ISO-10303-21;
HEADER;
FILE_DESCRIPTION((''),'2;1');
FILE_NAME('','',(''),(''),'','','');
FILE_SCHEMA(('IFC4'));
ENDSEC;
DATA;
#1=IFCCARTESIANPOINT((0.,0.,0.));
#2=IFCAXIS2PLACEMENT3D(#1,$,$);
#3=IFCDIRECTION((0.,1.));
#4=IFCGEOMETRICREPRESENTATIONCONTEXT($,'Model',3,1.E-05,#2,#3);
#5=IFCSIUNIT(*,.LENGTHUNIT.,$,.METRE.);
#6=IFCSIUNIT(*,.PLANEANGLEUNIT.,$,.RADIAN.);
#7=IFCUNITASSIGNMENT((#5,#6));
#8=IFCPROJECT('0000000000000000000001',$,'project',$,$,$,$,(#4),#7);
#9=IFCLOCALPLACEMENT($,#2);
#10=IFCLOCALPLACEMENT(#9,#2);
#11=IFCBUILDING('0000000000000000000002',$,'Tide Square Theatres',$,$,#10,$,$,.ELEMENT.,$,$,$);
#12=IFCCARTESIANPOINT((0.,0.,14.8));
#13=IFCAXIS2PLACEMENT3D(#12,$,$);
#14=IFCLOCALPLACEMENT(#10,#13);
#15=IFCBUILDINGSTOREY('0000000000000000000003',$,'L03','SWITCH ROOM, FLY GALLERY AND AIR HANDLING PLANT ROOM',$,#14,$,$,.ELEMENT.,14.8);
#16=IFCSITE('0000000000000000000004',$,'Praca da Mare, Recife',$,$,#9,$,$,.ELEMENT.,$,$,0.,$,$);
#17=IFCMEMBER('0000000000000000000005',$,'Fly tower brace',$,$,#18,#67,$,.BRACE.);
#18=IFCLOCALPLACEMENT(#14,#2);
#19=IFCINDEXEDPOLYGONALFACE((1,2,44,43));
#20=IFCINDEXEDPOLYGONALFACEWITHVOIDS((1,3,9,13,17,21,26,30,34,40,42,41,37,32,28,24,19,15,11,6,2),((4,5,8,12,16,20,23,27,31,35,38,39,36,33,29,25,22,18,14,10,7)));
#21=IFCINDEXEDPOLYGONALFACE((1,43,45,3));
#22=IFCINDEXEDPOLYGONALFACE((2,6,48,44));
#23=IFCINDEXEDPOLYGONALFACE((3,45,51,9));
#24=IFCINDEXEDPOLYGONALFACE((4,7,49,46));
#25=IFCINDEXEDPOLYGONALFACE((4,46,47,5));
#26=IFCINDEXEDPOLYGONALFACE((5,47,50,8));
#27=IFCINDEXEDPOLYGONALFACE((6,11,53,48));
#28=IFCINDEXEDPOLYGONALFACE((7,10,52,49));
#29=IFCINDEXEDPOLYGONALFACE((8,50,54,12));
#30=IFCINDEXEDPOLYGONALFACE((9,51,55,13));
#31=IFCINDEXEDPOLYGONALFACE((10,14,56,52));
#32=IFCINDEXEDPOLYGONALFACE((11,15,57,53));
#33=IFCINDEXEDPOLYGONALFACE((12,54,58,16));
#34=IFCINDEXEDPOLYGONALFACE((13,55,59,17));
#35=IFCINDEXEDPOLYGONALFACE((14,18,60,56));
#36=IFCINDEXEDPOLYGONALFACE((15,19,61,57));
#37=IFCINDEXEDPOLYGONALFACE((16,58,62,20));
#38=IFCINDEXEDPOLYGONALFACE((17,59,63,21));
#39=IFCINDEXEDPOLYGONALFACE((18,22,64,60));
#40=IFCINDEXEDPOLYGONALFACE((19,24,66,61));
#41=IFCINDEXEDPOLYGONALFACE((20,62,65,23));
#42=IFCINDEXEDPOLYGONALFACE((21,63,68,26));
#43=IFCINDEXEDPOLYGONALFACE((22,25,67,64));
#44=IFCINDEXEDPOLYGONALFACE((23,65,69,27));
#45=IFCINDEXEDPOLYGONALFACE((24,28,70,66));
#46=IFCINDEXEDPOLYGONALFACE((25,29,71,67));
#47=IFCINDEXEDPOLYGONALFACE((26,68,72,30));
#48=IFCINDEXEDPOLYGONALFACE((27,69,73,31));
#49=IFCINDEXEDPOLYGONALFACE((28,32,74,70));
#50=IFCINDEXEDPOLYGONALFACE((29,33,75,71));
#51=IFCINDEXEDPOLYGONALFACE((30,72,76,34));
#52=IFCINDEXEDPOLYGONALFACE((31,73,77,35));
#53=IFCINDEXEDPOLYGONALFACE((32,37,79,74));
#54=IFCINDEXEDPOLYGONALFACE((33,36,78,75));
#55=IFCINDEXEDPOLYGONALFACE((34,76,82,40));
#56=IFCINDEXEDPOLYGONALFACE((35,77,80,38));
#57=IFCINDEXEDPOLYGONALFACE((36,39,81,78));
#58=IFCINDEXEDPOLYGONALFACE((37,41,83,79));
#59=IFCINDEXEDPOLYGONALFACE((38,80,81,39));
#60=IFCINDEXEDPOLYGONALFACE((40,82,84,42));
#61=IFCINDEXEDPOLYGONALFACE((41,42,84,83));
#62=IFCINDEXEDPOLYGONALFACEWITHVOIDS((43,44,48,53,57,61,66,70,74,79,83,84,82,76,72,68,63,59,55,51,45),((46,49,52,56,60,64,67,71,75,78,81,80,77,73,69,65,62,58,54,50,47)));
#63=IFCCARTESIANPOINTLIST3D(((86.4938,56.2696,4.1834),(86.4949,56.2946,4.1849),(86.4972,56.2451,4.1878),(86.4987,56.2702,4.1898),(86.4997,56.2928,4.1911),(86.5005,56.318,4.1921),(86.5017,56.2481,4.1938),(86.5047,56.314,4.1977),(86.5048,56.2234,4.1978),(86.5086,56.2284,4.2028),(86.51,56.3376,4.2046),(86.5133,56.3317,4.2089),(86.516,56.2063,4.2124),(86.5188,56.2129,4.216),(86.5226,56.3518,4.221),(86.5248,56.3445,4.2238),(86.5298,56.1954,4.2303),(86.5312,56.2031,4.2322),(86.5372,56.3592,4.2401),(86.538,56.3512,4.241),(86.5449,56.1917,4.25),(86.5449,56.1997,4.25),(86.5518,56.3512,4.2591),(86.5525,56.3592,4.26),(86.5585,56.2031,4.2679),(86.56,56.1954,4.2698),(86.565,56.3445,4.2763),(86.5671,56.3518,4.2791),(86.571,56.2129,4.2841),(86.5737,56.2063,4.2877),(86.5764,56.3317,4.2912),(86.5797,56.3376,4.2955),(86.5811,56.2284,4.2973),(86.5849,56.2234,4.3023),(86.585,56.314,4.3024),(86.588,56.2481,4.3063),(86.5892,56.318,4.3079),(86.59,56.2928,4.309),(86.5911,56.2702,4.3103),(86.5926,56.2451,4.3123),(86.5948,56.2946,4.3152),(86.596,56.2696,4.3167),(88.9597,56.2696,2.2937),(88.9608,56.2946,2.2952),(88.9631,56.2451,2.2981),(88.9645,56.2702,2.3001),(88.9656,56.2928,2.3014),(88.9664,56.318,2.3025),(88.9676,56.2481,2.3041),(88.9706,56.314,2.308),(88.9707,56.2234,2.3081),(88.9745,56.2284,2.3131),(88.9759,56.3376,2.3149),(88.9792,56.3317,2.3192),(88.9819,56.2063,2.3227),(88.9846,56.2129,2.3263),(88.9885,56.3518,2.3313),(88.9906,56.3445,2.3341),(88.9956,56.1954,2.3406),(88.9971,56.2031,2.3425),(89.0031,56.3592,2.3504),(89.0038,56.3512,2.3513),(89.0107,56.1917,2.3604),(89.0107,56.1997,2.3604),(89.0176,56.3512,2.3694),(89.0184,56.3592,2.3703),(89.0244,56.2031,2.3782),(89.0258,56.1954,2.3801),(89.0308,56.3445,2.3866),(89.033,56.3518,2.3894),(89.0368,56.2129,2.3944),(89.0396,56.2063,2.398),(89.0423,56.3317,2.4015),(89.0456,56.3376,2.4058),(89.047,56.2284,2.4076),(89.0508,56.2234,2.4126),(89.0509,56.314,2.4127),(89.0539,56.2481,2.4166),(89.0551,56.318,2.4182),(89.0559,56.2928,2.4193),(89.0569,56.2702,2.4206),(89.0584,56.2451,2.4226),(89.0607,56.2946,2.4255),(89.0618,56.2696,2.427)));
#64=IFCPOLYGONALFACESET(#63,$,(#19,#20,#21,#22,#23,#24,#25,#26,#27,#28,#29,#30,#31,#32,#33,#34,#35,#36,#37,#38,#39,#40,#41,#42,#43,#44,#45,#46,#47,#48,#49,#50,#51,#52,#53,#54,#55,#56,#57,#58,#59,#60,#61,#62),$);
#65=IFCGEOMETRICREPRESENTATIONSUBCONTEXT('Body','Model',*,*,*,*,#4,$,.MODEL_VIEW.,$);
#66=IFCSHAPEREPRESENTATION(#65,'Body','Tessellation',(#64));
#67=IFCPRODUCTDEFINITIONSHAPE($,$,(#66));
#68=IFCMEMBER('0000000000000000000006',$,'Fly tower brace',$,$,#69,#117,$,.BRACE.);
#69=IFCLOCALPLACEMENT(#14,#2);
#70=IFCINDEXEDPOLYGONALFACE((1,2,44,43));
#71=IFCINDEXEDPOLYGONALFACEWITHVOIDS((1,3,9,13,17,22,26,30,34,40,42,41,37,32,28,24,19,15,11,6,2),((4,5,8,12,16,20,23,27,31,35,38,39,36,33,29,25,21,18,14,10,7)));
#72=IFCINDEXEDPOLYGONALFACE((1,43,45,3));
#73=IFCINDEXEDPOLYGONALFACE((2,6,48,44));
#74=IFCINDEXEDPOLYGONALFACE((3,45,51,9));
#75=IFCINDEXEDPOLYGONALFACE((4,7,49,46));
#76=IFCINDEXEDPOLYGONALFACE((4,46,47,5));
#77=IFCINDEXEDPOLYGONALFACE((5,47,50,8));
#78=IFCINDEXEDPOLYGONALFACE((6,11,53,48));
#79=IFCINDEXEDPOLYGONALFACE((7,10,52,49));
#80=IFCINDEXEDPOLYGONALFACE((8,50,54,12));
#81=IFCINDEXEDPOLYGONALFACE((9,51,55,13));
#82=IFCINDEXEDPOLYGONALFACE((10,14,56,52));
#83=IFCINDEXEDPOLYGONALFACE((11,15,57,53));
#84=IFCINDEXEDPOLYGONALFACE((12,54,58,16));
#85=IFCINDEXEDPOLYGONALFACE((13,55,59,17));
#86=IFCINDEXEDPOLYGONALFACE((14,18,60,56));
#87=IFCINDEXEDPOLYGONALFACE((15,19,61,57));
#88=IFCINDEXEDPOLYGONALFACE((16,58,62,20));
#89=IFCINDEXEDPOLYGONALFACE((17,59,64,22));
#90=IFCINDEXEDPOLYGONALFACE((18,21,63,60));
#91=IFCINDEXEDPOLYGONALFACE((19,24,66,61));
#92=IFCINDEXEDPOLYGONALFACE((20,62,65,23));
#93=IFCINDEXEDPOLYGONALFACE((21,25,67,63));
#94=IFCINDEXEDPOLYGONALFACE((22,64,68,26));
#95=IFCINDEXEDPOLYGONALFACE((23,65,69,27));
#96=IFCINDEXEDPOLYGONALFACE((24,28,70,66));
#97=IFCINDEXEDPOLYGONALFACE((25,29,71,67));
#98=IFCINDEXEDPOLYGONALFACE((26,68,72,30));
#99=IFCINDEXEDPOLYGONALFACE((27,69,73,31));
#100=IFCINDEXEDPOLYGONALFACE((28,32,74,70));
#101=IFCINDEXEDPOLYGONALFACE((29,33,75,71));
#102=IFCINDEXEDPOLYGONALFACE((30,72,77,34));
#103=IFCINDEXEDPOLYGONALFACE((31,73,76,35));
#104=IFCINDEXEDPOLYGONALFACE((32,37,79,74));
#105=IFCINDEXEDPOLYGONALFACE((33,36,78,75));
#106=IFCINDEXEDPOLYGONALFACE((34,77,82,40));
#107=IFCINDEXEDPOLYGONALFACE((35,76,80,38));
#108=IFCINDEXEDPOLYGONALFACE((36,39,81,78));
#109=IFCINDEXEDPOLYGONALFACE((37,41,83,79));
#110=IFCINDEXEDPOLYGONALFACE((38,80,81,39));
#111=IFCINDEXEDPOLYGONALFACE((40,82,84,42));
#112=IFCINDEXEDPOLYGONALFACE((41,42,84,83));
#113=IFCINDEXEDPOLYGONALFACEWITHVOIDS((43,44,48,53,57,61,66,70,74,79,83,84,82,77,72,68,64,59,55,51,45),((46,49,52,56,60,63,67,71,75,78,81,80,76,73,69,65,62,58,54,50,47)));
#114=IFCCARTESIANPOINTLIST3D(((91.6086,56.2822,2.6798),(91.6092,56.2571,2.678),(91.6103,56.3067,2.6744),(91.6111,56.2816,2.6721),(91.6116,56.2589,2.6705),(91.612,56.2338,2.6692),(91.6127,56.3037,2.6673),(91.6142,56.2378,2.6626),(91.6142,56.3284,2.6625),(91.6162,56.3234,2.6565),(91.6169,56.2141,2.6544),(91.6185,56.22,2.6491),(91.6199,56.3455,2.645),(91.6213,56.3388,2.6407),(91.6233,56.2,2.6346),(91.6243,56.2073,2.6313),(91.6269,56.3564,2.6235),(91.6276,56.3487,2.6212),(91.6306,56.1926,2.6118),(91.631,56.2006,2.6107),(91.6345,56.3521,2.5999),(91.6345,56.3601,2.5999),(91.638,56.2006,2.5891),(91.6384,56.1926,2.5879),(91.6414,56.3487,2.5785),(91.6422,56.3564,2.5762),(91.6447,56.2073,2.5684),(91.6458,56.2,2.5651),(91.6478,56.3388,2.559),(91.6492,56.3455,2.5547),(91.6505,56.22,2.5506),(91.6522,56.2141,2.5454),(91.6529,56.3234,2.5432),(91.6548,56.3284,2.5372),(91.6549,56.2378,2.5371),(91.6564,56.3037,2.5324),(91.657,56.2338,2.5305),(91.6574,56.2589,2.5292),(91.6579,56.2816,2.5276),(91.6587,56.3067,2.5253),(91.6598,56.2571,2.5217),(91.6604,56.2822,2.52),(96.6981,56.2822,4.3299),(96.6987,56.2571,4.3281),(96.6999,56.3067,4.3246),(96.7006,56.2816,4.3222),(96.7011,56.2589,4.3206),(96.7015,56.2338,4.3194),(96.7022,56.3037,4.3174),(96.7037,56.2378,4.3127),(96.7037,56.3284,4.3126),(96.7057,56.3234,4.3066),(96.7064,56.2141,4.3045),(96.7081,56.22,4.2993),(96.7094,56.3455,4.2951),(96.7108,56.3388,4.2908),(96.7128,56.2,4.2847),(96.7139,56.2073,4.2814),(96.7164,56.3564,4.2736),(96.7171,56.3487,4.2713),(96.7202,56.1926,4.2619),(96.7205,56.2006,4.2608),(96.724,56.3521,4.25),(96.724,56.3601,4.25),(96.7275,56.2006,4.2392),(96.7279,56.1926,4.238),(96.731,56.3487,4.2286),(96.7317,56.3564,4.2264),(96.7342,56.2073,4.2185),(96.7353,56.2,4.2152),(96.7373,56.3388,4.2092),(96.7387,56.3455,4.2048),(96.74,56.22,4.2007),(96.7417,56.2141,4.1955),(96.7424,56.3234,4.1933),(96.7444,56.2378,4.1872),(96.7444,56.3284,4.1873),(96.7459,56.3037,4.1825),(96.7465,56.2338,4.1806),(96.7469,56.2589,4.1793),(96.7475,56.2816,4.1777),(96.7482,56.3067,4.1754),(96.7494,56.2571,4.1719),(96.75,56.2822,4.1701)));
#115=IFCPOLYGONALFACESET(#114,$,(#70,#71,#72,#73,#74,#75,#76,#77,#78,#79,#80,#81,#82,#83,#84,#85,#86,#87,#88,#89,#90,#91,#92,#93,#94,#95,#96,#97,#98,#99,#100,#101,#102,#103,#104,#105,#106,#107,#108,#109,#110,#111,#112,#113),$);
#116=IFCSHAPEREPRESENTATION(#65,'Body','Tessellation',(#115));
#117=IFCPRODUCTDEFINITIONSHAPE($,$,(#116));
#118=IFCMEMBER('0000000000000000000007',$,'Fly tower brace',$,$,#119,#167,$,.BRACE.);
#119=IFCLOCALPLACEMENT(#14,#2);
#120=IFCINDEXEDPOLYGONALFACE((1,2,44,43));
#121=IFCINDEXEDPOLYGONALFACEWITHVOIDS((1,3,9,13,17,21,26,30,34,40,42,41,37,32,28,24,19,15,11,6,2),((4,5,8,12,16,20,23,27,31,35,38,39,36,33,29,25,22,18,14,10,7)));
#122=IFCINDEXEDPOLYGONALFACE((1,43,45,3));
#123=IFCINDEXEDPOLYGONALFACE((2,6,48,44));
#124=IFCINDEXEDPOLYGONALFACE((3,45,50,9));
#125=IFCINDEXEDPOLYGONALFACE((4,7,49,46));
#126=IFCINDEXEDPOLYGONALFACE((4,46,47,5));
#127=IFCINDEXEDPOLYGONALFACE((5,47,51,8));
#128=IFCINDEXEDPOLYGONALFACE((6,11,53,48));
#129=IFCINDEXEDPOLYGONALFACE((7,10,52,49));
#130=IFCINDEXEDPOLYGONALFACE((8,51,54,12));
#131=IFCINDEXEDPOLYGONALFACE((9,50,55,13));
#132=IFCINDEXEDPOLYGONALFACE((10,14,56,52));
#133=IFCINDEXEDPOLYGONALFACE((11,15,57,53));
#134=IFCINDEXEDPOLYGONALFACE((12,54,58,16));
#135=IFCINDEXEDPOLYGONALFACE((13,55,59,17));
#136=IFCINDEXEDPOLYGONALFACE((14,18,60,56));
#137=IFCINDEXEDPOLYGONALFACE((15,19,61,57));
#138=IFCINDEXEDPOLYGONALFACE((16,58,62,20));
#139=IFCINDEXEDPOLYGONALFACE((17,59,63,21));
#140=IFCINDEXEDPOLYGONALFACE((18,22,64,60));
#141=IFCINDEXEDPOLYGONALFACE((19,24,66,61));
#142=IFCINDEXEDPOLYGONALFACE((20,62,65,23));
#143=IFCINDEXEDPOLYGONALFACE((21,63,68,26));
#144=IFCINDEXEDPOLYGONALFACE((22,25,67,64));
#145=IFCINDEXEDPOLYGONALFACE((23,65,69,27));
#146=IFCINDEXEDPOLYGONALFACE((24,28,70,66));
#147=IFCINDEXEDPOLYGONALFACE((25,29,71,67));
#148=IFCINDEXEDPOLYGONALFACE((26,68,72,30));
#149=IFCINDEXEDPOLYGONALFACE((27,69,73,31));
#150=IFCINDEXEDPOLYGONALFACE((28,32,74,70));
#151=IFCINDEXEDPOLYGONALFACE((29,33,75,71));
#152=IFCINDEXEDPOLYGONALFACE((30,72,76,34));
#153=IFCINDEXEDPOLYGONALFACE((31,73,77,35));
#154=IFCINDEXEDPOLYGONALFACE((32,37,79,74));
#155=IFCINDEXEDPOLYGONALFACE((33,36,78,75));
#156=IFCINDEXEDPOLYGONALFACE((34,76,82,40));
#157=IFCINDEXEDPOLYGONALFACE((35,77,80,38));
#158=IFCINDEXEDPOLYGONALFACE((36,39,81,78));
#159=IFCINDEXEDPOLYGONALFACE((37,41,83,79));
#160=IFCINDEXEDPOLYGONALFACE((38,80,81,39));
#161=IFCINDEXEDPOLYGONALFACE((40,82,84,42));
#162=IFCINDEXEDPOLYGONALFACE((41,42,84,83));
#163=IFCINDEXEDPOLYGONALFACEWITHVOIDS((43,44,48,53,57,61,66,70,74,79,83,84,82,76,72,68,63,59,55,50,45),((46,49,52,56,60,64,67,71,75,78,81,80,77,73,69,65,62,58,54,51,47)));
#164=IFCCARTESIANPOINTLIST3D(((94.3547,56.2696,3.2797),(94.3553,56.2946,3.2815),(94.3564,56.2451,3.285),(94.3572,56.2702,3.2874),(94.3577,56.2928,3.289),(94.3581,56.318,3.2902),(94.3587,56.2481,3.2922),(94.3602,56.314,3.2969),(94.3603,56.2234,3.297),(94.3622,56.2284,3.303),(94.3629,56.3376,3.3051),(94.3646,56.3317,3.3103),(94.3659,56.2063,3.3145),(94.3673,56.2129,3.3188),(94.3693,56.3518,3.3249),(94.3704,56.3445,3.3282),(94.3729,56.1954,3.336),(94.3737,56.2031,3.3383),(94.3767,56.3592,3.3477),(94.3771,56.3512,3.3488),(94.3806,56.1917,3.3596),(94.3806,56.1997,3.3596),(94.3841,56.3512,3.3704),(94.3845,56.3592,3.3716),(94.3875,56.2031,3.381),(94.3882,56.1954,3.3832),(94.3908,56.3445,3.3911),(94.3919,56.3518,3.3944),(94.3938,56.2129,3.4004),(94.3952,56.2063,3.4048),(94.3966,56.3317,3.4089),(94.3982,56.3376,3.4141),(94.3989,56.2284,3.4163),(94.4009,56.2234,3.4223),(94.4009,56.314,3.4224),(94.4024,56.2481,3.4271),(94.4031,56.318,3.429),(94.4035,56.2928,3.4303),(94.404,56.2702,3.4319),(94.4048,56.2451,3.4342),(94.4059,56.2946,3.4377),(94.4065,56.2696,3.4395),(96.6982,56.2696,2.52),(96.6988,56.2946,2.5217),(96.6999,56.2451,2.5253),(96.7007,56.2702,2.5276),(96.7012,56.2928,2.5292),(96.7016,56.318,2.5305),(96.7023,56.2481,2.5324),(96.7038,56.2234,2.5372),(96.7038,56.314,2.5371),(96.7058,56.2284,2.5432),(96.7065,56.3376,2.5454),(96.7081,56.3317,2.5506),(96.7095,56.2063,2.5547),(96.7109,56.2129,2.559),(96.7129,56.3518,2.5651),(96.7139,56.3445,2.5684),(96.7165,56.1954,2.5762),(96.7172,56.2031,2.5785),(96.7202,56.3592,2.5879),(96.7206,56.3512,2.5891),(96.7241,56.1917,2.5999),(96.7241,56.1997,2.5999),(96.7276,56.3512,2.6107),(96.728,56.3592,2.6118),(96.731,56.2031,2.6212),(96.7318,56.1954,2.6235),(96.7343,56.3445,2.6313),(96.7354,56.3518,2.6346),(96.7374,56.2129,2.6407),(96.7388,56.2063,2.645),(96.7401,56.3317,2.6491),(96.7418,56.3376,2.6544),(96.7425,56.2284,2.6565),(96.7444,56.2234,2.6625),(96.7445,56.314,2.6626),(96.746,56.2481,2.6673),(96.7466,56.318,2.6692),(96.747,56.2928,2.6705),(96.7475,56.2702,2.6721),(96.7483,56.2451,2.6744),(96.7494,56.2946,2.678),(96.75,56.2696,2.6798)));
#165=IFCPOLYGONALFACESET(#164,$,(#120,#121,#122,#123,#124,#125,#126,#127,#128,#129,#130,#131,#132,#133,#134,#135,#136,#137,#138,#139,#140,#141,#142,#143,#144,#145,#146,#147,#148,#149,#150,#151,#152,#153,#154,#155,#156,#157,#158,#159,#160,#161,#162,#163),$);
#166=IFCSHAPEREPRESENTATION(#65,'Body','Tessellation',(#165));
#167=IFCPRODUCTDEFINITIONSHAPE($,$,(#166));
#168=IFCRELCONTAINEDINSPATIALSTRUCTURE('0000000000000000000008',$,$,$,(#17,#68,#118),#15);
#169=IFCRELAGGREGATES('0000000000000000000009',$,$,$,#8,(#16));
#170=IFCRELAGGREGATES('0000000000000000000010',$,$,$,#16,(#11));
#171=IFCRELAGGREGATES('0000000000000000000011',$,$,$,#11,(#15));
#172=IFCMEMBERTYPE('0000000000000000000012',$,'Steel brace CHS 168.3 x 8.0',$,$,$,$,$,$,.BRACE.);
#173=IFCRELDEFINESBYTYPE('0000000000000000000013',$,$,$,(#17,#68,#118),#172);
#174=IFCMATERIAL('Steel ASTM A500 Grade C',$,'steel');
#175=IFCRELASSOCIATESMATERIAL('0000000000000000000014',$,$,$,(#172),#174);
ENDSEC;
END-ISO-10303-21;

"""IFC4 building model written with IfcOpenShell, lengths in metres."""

from ifc_helpers import new_model, si_unit, direction, frame, origin, origin_2d, place, context, subcontext, project, spatial, hollow_circle, extrude, material, material_profile, profile_set, type_object, element, save


model = new_model("IFC4")

# Units and contexts
model_context = context("Model", 3, precision=1e-05, world=origin(), true_north=direction((0.0, 1.0)))
body_context = subcontext(model_context, "Body", "Model", "MODEL_VIEW")
ifc_project = project(units=[si_unit("LENGTHUNIT", "METRE"), si_unit("PLANEANGLEUNIT", "RADIAN")], contexts=[model_context])

# Site, building, storey
site_placement = place(None, origin())
site = spatial("IfcSite", under=ifc_project, at=site_placement, Name="Praca da Mare, Recife", CompositionType="ELEMENT", RefElevation=0.0)
building_placement = place(site_placement, origin())
building = spatial("IfcBuilding", under=site, at=building_placement, Name="Tide Square Theatres", CompositionType="ELEMENT")
storey_placement = place(building_placement, frame((0.0, 0.0, 14.8)))
storey = spatial("IfcBuildingStorey", under=building, at=storey_placement, Name="L03", Description="SWITCH ROOM, FLY GALLERY AND AIR HANDLING PLANT ROOM", CompositionType="ELEMENT", Elevation=14.8)

# Members
ifc_material_1 = material(Name="Steel ASTM A500 Grade C", Category="steel")
ifc_material_profile_1 = material_profile(ifc_material_1, hollow_circle(Radius=0.0842, WallThickness=0.0081, at=origin_2d()))
ifc_profile_set_1 = profile_set([ifc_material_profile_1], Name="Steel ASTM A500 Grade C")
member_type = type_object("IfcMemberType", Name="Steel brace CHS 168.3 x 8.0", PredefinedType="BRACE", material=ifc_profile_set_1)
for number, where, z_axis, x_axis, name in (
    (1, (89.0107, 56.2759, 2.3604), (-0.793733, 0.0, 0.608267), (0.0, -1.0, 0.0), "Fly tower brace"),
):
    element("IfcMember", number, at=place(storey_placement, frame(where, z_axis=z_axis, x_axis=x_axis)), inside=storey, type_object=member_type, Name=name, PredefinedType="BRACE", context=body_context, shape_type="SweptSolid", body=[
        extrude(hollow_circle(Radius=0.0842, WallThickness=0.0081, at=origin_2d()), origin(), (0.0, 0.0, 1.0), 3.1067),
    ])
member_1_placement = place(storey_placement, frame((91.6345, 56.2759, 2.5999), z_axis=(0.951252, 0.0, 0.308414), x_axis=(0.0, 1.0, 0.0)))
element("IfcMember", 2, at=member_1_placement, inside=storey, type_object=member_type, Name="Fly tower brace", PredefinedType="BRACE", context=body_context, shape_type="SweptSolid", body=[
    extrude(hollow_circle(Radius=0.0842, WallThickness=0.0081, at=origin_2d()), origin(), (0.0, 0.0, 1.0), 5.3503),
])
member_2_placement = place(storey_placement, frame((96.7241, 56.2759, 2.5999), z_axis=(-0.951257, 0.0, 0.308398), x_axis=(0.0, -1.0, 0.0)))
element("IfcMember", 3, at=member_2_placement, inside=storey, type_object=member_type, Name="Fly tower brace", PredefinedType="BRACE", context=body_context, shape_type="SweptSolid", body=[
    extrude(hollow_circle(Radius=0.0842, WallThickness=0.0081, at=origin_2d()), origin(), (0.0, 0.0, 1.0), 2.4636),
])

save(model, "model.ifc")
